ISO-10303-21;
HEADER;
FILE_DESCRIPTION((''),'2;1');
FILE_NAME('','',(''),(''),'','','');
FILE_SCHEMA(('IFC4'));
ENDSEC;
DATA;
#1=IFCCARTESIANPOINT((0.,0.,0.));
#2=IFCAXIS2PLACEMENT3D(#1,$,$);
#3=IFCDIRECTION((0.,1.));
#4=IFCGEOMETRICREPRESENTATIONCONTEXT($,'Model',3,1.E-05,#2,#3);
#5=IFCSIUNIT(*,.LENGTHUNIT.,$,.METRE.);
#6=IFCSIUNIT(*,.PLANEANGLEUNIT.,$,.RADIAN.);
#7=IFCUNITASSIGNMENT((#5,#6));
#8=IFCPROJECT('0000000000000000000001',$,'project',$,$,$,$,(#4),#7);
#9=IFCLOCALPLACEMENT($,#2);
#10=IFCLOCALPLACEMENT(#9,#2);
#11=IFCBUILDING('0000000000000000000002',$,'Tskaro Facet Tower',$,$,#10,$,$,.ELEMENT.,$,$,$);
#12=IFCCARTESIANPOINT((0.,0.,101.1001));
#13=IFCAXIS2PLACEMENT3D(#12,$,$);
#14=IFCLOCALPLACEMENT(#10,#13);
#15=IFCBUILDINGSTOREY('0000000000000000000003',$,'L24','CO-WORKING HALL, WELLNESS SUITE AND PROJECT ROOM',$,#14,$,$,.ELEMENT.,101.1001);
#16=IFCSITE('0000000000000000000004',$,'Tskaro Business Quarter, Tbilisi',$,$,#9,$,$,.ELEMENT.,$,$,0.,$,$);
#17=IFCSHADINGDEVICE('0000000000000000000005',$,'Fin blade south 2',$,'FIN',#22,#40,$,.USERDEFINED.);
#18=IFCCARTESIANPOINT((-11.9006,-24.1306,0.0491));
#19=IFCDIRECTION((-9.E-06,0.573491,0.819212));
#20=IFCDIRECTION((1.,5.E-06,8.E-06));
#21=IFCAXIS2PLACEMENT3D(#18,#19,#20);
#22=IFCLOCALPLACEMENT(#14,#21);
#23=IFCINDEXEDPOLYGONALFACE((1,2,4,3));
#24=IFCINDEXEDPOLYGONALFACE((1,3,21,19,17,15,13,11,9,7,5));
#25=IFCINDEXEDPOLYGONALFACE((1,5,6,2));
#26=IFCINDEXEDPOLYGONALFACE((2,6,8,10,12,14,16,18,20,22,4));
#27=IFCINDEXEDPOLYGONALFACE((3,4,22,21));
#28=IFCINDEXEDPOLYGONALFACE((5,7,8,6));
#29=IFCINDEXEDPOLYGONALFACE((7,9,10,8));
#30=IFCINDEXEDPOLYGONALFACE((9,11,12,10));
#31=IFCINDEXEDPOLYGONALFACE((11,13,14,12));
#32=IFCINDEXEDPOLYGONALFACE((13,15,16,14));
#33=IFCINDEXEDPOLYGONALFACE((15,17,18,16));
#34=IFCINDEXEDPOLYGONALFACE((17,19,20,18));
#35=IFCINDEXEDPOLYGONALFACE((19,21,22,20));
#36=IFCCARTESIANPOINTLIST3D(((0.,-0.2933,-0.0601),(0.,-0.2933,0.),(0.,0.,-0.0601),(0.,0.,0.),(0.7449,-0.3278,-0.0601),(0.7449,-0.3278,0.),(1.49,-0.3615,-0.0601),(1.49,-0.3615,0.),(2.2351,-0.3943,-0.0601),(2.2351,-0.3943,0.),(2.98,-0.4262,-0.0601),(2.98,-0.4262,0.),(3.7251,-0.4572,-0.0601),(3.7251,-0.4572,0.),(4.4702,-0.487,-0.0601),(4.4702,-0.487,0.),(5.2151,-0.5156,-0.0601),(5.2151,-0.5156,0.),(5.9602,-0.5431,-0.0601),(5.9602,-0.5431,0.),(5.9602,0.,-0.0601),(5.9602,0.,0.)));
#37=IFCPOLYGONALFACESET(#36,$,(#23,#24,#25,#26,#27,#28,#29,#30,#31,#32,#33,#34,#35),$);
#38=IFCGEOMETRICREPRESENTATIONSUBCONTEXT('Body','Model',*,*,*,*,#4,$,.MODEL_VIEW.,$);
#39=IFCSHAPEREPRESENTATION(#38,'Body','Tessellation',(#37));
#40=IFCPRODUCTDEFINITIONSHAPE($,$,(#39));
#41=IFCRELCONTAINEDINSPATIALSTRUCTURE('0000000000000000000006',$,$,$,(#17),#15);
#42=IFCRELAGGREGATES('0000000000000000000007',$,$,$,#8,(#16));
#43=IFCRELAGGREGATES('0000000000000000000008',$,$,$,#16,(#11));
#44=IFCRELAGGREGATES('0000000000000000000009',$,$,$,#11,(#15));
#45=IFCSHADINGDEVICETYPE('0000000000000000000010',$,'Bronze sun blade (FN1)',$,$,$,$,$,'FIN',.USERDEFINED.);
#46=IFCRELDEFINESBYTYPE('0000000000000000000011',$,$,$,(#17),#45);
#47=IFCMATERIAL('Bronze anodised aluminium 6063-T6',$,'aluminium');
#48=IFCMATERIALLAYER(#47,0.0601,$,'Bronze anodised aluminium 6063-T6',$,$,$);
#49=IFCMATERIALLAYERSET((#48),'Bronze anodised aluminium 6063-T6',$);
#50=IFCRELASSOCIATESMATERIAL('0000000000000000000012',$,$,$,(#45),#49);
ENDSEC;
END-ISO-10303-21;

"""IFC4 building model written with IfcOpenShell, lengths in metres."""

from ifc_helpers import new_model, si_unit, direction, frame, origin, place, context, subcontext, project, spatial, polyline, outline, extrude, material, layer, layer_set, type_object, element, save


model = new_model("IFC4")

# Units and contexts
model_context = context("Model", 3, precision=1e-05, world=origin(), true_north=direction((0.0, 1.0)))
body_context = subcontext(model_context, "Body", "Model", "MODEL_VIEW")
ifc_project = project(units=[si_unit("LENGTHUNIT", "METRE"), si_unit("PLANEANGLEUNIT", "RADIAN")], contexts=[model_context])

# Site, building, storey
site_placement = place(None, origin())
site = spatial("IfcSite", under=ifc_project, at=site_placement, Name="Tskaro Business Quarter, Tbilisi", CompositionType="ELEMENT", RefElevation=0.0)
building_placement = place(site_placement, origin())
building = spatial("IfcBuilding", under=site, at=building_placement, Name="Tskaro Facet Tower", CompositionType="ELEMENT")
storey_placement = place(building_placement, frame((0.0, 0.0, 101.1001)))
storey = spatial("IfcBuildingStorey", under=building, at=storey_placement, Name="L24", Description="CO-WORKING HALL, WELLNESS SUITE AND PROJECT ROOM", CompositionType="ELEMENT", Elevation=101.1001)

# Shared definitions
ifc_material_1 = material(Name="Bronze anodised aluminium 6063-T6", Category="aluminium")

# Shading device
ifc_layer_1 = layer(ifc_material_1, 0.0601, Name="Bronze anodised aluminium 6063-T6")
ifc_layer_set_1 = layer_set([ifc_layer_1], Name="Bronze anodised aluminium 6063-T6")
shading_device_type = type_object("IfcShadingDeviceType", Name="Bronze sun blade (FN1)", ElementType="FIN", PredefinedType="USERDEFINED", material=ifc_layer_set_1)
shading_device_1_placement = place(storey_placement, frame((-11.9006, -24.1306, 0.0491), z_axis=(-0.000009, 0.573491, 0.819212), x_axis=(1.0, 0.000005, 0.000008)))
element("IfcShadingDevice", 1, at=shading_device_1_placement, inside=storey, type_object=shading_device_type, Name="Fin blade south 2", ObjectType="FIN", PredefinedType="USERDEFINED", context=body_context, shape_type="SweptSolid", body=[
    extrude(outline(polyline([(0.0, 0.0), (5.9602, 0.0), (5.9602, -0.5431), (5.2151, -0.5156), (4.4702, -0.487), (3.7251, -0.4572), (2.98, -0.4262), (2.2351, -0.3943), (1.49, -0.3615), (0.7449, -0.3278), (0.0, -0.2933), (0.0, 0.0)])), origin(), (0.0, 0.0, -1.0), 0.0601),
])

save(model, "model.ifc")
